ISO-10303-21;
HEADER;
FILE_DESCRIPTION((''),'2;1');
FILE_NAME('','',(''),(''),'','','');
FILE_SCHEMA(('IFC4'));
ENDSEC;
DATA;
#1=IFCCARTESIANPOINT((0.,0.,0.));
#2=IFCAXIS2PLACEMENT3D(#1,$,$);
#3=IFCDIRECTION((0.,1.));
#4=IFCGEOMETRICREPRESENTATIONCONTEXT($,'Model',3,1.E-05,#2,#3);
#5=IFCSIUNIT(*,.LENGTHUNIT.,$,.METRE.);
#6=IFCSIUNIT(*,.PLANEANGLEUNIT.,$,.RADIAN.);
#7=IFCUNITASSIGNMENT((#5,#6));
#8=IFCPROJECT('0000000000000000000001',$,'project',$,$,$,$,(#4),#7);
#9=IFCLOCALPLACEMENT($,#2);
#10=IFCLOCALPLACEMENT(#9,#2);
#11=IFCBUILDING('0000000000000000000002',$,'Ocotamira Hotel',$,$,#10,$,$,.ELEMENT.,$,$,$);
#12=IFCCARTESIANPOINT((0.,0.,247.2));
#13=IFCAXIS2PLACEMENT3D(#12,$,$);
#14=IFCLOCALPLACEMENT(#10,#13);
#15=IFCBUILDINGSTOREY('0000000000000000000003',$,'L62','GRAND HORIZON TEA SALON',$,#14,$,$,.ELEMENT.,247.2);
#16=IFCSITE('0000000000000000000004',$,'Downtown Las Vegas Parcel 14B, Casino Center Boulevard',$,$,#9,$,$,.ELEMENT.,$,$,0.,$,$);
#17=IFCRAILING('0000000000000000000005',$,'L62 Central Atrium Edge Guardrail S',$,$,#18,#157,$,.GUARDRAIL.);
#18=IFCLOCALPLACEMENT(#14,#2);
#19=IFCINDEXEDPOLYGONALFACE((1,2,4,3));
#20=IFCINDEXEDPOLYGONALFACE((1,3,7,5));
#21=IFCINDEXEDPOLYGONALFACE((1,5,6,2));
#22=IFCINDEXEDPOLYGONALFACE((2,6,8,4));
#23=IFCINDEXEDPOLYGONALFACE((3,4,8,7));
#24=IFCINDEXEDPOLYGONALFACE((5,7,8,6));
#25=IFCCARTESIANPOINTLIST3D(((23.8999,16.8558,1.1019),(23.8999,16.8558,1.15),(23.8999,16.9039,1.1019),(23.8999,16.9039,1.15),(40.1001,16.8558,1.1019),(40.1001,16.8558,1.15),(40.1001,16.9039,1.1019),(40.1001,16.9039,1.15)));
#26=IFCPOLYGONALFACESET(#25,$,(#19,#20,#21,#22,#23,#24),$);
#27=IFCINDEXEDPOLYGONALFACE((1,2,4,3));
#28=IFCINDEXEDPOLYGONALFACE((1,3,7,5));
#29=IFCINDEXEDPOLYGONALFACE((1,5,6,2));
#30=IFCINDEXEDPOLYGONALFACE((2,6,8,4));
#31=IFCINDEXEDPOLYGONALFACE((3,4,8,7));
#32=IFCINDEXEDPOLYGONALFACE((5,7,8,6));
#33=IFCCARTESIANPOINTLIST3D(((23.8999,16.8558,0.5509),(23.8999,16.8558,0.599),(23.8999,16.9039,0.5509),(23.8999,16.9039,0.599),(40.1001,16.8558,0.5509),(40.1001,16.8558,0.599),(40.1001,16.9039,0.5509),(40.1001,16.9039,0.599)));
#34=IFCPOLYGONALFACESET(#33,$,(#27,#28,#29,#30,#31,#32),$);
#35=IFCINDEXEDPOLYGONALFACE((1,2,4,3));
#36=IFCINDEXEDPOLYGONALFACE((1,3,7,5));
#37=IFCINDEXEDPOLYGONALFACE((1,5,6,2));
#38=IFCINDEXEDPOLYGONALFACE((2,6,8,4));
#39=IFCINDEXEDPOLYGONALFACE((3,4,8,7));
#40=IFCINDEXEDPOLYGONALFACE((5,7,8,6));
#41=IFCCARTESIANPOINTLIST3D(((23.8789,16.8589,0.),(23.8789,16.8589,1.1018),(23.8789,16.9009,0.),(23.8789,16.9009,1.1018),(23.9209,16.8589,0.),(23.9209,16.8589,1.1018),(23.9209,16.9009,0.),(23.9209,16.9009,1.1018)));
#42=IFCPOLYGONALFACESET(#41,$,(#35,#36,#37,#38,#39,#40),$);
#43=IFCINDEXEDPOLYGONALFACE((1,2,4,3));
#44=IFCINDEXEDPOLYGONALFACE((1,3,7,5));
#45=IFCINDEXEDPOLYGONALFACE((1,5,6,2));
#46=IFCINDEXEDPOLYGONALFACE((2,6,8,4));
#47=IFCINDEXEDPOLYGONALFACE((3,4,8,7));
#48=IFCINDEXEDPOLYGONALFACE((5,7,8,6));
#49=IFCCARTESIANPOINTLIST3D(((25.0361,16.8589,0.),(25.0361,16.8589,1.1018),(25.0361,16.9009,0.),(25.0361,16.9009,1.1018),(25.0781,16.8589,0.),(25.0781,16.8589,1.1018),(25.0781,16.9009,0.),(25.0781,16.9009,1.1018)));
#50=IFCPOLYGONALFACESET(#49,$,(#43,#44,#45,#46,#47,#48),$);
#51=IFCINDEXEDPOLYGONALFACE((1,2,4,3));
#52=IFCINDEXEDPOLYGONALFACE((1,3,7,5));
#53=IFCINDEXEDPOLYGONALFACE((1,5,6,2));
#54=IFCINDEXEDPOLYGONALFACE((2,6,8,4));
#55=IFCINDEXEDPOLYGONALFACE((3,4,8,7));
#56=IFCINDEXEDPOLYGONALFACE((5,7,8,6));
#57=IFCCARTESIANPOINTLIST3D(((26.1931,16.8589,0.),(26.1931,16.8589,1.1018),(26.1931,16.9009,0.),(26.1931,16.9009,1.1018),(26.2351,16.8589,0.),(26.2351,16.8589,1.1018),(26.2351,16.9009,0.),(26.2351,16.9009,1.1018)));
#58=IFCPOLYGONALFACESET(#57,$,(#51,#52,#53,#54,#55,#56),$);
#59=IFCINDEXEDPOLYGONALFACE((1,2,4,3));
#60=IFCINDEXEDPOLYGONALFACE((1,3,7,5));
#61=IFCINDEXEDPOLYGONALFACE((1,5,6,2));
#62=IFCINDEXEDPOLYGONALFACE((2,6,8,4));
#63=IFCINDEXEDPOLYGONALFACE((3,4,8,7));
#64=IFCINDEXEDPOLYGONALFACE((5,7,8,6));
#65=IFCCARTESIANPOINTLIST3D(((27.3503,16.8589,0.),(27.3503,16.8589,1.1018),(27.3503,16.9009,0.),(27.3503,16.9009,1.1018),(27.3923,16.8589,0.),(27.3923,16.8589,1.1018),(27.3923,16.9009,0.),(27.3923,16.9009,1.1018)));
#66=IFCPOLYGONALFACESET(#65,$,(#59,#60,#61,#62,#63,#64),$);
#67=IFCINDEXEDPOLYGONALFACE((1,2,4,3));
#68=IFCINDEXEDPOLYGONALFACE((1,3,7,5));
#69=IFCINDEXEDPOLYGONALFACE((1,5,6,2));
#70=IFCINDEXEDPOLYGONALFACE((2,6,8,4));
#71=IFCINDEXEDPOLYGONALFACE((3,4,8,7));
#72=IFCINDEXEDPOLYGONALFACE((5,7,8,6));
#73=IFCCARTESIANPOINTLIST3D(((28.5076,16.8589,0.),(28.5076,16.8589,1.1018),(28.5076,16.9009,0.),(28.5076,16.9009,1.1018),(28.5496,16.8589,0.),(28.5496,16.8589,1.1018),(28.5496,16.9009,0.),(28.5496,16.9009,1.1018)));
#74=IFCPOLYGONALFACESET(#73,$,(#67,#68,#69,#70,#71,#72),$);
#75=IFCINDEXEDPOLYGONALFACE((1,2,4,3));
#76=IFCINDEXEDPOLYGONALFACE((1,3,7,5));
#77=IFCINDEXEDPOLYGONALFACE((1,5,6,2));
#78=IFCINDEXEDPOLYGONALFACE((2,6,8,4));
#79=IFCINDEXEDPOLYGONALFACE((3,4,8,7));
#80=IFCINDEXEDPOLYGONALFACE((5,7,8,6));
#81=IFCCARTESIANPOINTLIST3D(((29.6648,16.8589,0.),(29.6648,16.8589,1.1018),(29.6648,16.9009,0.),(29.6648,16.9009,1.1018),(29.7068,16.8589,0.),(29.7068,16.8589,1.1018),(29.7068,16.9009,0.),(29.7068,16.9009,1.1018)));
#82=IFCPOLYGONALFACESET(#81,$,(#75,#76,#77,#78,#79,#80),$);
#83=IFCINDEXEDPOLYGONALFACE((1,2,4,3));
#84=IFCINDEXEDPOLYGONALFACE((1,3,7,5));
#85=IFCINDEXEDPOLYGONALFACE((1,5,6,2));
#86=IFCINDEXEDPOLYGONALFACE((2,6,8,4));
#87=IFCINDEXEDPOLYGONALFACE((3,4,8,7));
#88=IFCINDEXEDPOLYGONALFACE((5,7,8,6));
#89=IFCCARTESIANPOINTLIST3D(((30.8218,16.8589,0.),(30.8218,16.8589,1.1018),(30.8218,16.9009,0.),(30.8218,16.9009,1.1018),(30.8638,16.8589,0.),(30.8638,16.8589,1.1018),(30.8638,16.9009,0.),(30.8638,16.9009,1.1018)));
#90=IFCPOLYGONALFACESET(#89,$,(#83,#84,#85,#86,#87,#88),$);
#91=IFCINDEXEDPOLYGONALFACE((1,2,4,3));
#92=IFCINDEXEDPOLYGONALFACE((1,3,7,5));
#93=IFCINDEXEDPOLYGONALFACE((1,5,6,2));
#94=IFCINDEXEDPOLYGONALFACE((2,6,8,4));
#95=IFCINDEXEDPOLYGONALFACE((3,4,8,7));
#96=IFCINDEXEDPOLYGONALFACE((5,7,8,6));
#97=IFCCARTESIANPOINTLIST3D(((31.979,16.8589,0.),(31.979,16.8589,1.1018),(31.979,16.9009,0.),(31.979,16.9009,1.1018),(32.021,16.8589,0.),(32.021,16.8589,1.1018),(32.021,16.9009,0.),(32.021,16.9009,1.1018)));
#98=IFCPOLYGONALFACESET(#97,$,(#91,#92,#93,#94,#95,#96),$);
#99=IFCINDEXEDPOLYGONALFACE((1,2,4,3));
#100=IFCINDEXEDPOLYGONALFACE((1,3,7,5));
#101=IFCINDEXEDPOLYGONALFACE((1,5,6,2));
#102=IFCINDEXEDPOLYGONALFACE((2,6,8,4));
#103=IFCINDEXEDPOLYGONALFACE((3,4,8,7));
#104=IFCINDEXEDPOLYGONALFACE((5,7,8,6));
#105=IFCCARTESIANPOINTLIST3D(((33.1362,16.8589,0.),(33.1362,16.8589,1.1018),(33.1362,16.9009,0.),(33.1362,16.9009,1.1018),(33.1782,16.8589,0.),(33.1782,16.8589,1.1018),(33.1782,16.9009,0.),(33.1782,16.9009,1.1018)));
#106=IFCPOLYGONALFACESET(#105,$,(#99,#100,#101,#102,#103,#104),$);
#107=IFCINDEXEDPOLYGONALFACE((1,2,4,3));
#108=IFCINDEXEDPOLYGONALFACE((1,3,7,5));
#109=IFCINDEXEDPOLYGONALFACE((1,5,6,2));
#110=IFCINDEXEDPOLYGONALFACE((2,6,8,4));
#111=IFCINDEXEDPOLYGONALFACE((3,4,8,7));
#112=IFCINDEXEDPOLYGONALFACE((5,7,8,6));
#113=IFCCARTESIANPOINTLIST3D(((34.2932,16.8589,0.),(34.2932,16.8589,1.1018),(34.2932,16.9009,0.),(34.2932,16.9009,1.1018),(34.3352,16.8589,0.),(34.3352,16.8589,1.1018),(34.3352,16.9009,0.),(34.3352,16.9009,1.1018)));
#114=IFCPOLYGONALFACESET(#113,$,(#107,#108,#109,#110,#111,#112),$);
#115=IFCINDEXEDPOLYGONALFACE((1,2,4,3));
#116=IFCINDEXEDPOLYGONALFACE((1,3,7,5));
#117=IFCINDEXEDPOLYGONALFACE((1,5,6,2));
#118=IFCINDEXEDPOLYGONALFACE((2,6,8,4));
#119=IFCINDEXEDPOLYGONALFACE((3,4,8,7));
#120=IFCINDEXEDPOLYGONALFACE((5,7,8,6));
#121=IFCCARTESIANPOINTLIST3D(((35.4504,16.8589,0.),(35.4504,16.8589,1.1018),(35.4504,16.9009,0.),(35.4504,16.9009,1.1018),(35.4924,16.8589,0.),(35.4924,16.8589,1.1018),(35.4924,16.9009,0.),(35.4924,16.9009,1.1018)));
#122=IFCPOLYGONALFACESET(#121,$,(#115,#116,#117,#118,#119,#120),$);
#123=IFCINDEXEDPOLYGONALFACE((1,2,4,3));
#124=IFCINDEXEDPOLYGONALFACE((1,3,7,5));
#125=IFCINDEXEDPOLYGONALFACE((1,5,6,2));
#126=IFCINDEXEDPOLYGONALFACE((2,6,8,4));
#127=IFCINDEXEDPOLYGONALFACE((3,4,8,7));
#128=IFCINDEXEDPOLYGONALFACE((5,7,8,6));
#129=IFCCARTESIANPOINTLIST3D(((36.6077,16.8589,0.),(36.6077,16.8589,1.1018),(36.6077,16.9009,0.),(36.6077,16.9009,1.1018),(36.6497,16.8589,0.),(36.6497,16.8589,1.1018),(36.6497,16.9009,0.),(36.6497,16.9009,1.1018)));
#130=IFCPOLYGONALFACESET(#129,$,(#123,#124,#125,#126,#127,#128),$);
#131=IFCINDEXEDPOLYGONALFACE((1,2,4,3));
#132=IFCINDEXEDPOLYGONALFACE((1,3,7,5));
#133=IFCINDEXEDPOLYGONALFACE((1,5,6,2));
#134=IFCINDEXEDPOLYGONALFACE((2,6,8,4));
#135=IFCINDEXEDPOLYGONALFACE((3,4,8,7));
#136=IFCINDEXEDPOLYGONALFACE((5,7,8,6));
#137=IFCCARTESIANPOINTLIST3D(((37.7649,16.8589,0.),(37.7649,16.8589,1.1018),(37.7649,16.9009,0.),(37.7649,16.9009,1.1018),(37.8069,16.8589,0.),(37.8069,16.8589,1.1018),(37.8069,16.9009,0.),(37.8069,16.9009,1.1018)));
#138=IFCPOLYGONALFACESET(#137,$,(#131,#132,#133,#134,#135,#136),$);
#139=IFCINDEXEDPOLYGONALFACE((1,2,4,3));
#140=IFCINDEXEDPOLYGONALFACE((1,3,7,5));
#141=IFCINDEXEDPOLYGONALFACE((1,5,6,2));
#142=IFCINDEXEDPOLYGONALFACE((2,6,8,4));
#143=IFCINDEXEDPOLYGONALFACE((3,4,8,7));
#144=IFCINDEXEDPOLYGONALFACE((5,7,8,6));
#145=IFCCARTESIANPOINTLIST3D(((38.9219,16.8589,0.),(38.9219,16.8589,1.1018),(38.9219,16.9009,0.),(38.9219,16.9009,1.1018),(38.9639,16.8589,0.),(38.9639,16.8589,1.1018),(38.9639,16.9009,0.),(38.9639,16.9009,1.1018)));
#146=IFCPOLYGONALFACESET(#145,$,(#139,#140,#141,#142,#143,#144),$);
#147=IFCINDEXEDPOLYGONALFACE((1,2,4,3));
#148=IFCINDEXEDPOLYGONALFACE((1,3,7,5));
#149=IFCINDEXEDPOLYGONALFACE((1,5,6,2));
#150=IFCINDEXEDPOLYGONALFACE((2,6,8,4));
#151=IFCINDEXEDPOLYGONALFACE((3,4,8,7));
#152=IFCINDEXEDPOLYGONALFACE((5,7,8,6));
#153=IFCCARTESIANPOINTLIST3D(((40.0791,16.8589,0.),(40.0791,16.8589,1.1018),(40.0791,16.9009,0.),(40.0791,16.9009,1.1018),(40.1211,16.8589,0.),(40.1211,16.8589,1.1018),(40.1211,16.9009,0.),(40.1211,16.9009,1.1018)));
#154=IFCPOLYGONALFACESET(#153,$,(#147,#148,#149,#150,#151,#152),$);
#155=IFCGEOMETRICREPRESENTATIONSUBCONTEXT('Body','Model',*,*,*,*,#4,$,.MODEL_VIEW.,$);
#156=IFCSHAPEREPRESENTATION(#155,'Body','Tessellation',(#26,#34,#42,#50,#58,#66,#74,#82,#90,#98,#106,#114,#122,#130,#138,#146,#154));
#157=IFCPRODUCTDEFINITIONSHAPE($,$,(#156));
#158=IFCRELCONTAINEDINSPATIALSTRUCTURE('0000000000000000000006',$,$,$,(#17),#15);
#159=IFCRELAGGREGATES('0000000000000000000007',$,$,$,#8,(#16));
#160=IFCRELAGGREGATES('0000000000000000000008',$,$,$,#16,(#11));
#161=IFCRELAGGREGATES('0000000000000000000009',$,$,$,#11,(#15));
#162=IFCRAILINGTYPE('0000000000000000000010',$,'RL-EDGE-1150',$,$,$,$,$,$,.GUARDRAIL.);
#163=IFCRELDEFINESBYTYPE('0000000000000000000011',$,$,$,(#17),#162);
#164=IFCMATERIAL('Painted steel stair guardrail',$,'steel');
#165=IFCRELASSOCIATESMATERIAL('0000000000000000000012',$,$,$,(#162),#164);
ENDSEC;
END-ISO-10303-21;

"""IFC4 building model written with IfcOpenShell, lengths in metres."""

from ifc_helpers import new_model, si_unit, direction, frame, origin, origin_2d, place, context, subcontext, project, spatial, rectangle, extrude, material, type_object, element, save


model = new_model("IFC4")

# Units and contexts
model_context = context("Model", 3, precision=1e-05, world=origin(), true_north=direction((0.0, 1.0)))
body_context = subcontext(model_context, "Body", "Model", "MODEL_VIEW")
ifc_project = project(units=[si_unit("LENGTHUNIT", "METRE"), si_unit("PLANEANGLEUNIT", "RADIAN")], contexts=[model_context])

# Site, building, storey
site_placement = place(None, origin())
site = spatial("IfcSite", under=ifc_project, at=site_placement, Name="Downtown Las Vegas Parcel 14B, Casino Center Boulevard", CompositionType="ELEMENT", RefElevation=0.0)
building_placement = place(site_placement, origin())
building = spatial("IfcBuilding", under=site, at=building_placement, Name="Ocotamira Hotel", CompositionType="ELEMENT")
storey_placement = place(building_placement, frame((0.0, 0.0, 247.2)))
storey = spatial("IfcBuildingStorey", under=building, at=storey_placement, Name="L62", Description="GRAND HORIZON TEA SALON", CompositionType="ELEMENT", Elevation=247.2)

# Railing
ifc_material_1 = material(Name="Painted steel stair guardrail", Category="steel")
railing_type = type_object("IfcRailingType", Name="RL-EDGE-1150", PredefinedType="GUARDRAIL", material=ifc_material_1)
railing_1_placement = place(storey_placement, frame((23.8999, 16.8799, 0.0)))
element("IfcRailing", 1, at=railing_1_placement, inside=storey, type_object=railing_type, Name="L62 Central Atrium Edge Guardrail S", PredefinedType="GUARDRAIL", context=body_context, shape_type="SweptSolid", body=[
    extrude(rectangle(XDim=0.0481, YDim=0.0481, at=origin_2d()), frame((0.0, 0.0, 1.126), z_axis=(1.0, 0.0, 0.0), x_axis=(0.0, 1.0, 0.0)), (0.0, 0.0, 1.0), 16.2002),
    extrude(rectangle(XDim=0.0481, YDim=0.0481, at=origin_2d()), frame((0.0, 0.0, 0.575), z_axis=(1.0, 0.0, 0.0), x_axis=(0.0, 1.0, 0.0)), (0.0, 0.0, 1.0), 16.2002),
    extrude(rectangle(XDim=0.042, YDim=0.042, at=origin_2d()), origin(), (0.0, 0.0, 1.0), 1.1018),
    extrude(rectangle(XDim=0.042, YDim=0.042, at=origin_2d()), frame((1.1572, 0.0, 0.0)), (0.0, 0.0, 1.0), 1.1018),
    extrude(rectangle(XDim=0.042, YDim=0.042, at=origin_2d()), frame((2.3142, 0.0, 0.0)), (0.0, 0.0, 1.0), 1.1018),
    extrude(rectangle(XDim=0.042, YDim=0.042, at=origin_2d()), frame((3.4714, 0.0, 0.0)), (0.0, 0.0, 1.0), 1.1018),
    extrude(rectangle(XDim=0.042, YDim=0.042, at=origin_2d()), frame((4.6287, 0.0, 0.0)), (0.0, 0.0, 1.0), 1.1018),
    extrude(rectangle(XDim=0.042, YDim=0.042, at=origin_2d()), frame((5.7859, 0.0, 0.0)), (0.0, 0.0, 1.0), 1.1018),
    extrude(rectangle(XDim=0.042, YDim=0.042, at=origin_2d()), frame((6.9429, 0.0, 0.0)), (0.0, 0.0, 1.0), 1.1018),
    extrude(rectangle(XDim=0.042, YDim=0.042, at=origin_2d()), frame((8.1001, 0.0, 0.0)), (0.0, 0.0, 1.0), 1.1018),
    extrude(rectangle(XDim=0.042, YDim=0.042, at=origin_2d()), frame((9.2573, 0.0, 0.0)), (0.0, 0.0, 1.0), 1.1018),
    extrude(rectangle(XDim=0.042, YDim=0.042, at=origin_2d()), frame((10.4143, 0.0, 0.0)), (0.0, 0.0, 1.0), 1.1018),
    extrude(rectangle(XDim=0.042, YDim=0.042, at=origin_2d()), frame((11.5715, 0.0, 0.0)), (0.0, 0.0, 1.0), 1.1018),
    extrude(rectangle(XDim=0.042, YDim=0.042, at=origin_2d()), frame((12.7288, 0.0, 0.0)), (0.0, 0.0, 1.0), 1.1018),
    extrude(rectangle(XDim=0.042, YDim=0.042, at=origin_2d()), frame((13.886, 0.0, 0.0)), (0.0, 0.0, 1.0), 1.1018),
    extrude(rectangle(XDim=0.042, YDim=0.042, at=origin_2d()), frame((15.043, 0.0, 0.0)), (0.0, 0.0, 1.0), 1.1018),
    extrude(rectangle(XDim=0.042, YDim=0.042, at=origin_2d()), frame((16.2002, 0.0, 0.0)), (0.0, 0.0, 1.0), 1.1018),
])

save(model, "model.ifc")
